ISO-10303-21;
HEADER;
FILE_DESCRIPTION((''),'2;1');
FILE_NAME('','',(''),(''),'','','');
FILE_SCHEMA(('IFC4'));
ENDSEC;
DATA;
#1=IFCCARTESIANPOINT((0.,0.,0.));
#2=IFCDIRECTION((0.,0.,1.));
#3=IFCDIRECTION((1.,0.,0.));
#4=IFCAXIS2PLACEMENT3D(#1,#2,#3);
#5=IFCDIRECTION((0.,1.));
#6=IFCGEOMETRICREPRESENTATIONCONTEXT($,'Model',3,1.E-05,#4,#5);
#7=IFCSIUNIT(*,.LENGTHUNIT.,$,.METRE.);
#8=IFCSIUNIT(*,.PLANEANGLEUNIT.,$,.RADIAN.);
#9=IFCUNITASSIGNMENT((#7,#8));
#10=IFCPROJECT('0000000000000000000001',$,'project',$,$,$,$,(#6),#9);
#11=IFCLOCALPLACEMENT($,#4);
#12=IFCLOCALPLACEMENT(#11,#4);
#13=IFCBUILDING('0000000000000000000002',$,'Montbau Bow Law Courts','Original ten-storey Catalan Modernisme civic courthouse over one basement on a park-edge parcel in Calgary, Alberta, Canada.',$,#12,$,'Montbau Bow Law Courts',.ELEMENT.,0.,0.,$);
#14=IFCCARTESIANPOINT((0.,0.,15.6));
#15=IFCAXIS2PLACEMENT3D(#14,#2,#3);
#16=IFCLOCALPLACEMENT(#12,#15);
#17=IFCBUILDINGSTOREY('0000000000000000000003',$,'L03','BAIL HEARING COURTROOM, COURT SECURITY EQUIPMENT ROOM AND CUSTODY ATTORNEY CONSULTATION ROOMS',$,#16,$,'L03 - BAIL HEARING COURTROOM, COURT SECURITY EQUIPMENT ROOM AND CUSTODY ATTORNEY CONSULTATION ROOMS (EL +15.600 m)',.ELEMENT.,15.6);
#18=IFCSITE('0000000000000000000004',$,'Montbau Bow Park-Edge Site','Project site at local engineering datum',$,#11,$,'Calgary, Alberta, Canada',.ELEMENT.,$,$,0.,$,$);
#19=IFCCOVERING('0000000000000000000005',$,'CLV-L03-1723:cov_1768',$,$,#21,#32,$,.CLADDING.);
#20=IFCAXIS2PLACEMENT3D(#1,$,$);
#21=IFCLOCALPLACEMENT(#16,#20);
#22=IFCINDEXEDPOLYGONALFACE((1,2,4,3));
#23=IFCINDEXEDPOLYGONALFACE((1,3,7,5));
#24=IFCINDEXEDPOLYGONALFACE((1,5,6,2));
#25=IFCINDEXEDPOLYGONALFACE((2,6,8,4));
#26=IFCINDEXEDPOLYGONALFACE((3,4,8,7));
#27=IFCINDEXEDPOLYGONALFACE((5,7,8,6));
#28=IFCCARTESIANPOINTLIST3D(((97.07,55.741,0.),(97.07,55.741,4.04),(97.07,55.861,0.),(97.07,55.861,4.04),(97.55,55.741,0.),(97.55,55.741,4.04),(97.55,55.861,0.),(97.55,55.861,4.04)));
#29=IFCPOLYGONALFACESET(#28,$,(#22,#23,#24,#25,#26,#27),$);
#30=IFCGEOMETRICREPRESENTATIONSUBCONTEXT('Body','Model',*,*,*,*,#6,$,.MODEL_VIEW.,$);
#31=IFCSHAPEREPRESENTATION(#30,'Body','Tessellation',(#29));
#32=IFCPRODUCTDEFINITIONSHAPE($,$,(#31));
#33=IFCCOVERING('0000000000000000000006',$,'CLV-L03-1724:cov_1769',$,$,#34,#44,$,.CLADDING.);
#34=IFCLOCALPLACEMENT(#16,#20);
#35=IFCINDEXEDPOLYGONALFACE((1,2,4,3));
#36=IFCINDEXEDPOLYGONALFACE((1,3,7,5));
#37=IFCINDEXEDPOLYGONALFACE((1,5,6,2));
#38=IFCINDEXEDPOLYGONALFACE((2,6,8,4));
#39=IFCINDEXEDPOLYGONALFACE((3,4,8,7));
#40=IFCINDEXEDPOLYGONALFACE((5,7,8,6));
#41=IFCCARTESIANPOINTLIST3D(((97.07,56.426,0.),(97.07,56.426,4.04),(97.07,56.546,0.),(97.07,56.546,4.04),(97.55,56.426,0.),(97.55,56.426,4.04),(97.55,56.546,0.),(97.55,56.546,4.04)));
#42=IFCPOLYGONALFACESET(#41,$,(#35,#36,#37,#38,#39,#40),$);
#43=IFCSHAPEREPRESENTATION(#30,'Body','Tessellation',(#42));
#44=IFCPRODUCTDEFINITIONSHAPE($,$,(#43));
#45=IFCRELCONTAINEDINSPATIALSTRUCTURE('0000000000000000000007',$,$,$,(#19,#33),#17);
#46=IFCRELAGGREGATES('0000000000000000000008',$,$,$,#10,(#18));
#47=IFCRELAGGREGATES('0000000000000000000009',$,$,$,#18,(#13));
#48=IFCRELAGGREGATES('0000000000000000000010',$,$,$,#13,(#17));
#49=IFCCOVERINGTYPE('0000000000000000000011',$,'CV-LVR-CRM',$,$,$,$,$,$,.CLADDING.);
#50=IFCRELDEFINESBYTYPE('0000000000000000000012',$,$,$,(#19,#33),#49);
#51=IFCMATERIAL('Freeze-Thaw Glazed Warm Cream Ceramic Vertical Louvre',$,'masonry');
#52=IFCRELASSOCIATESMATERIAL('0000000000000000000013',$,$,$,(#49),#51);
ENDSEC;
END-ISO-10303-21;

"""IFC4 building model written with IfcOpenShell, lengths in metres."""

from ifc_helpers import new_model, si_unit, direction, frame, frame_2d, origin_with_axes, place, context, subcontext, project, spatial, rectangle, extrude, material, type_object, element, save


model = new_model("IFC4")

# Units and contexts
model_context = context("Model", 3, precision=1e-05, world=origin_with_axes(), true_north=direction((0.0, 1.0)))
body_context = subcontext(model_context, "Body", "Model", "MODEL_VIEW")
ifc_project = project(units=[si_unit("LENGTHUNIT", "METRE"), si_unit("PLANEANGLEUNIT", "RADIAN")], contexts=[model_context])

# Site, building, storey
site_placement = place(None, origin_with_axes())
site = spatial("IfcSite", under=ifc_project, at=site_placement, Name="Montbau Bow Park-Edge Site", Description="Project site at local engineering datum", LongName="Calgary, Alberta, Canada", CompositionType="ELEMENT", RefElevation=0.0)
building_placement = place(site_placement, origin_with_axes())
building = spatial("IfcBuilding", under=site, at=building_placement, Name="Montbau Bow Law Courts", Description="Original ten-storey Catalan Modernisme civic courthouse over one basement on a park-edge parcel in Calgary, Alberta, Canada.", LongName="Montbau Bow Law Courts", CompositionType="ELEMENT", ElevationOfRefHeight=0.0, ElevationOfTerrain=0.0)
storey_placement = place(building_placement, frame((0.0, 0.0, 15.6), z_axis=(0.0, 0.0, 1.0), x_axis=(1.0, 0.0, 0.0)))
storey = spatial("IfcBuildingStorey", under=building, at=storey_placement, Name="L03", Description="BAIL HEARING COURTROOM, COURT SECURITY EQUIPMENT ROOM AND CUSTODY ATTORNEY CONSULTATION ROOMS", LongName="L03 - BAIL HEARING COURTROOM, COURT SECURITY EQUIPMENT ROOM AND CUSTODY ATTORNEY CONSULTATION ROOMS (EL +15.600 m)", CompositionType="ELEMENT", Elevation=15.6)

# Coverings
ifc_material_1 = material(Name="Freeze-Thaw Glazed Warm Cream Ceramic Vertical Louvre", Category="masonry")
covering_type = type_object("IfcCoveringType", Name="CV-LVR-CRM", PredefinedType="CLADDING", material=ifc_material_1)
for number, where, z_axis, x_axis, name in (
    (1, (97.07, 55.801, 15.6), (0.0, -1.0, 0.0), (1.0, 0.0, 0.0), "CLV-L03-1723:cov_1768"),
    (2, (97.07, 56.486, 15.6), (0.0, -1.0, 0.0), (1.0, 0.0, 0.0), "CLV-L03-1724:cov_1769"),
):
    element("IfcCovering", number, at=place(None, frame(where, z_axis=z_axis, x_axis=x_axis)), inside=storey, type_object=covering_type, Name=name, PredefinedType="CLADDING", context=body_context, shape_type="SweptSolid", body=[
        extrude(rectangle(XDim=0.48, YDim=4.04, at=frame_2d((0.24, 2.02), x_axis=(1.0, 0.0))), frame((0.0, 0.0, -0.06), z_axis=(0.0, 0.0, 1.0), x_axis=(1.0, 0.0, 0.0)), (0.0, 0.0, 1.0), 0.12),
    ])

save(model, "model.ifc")
